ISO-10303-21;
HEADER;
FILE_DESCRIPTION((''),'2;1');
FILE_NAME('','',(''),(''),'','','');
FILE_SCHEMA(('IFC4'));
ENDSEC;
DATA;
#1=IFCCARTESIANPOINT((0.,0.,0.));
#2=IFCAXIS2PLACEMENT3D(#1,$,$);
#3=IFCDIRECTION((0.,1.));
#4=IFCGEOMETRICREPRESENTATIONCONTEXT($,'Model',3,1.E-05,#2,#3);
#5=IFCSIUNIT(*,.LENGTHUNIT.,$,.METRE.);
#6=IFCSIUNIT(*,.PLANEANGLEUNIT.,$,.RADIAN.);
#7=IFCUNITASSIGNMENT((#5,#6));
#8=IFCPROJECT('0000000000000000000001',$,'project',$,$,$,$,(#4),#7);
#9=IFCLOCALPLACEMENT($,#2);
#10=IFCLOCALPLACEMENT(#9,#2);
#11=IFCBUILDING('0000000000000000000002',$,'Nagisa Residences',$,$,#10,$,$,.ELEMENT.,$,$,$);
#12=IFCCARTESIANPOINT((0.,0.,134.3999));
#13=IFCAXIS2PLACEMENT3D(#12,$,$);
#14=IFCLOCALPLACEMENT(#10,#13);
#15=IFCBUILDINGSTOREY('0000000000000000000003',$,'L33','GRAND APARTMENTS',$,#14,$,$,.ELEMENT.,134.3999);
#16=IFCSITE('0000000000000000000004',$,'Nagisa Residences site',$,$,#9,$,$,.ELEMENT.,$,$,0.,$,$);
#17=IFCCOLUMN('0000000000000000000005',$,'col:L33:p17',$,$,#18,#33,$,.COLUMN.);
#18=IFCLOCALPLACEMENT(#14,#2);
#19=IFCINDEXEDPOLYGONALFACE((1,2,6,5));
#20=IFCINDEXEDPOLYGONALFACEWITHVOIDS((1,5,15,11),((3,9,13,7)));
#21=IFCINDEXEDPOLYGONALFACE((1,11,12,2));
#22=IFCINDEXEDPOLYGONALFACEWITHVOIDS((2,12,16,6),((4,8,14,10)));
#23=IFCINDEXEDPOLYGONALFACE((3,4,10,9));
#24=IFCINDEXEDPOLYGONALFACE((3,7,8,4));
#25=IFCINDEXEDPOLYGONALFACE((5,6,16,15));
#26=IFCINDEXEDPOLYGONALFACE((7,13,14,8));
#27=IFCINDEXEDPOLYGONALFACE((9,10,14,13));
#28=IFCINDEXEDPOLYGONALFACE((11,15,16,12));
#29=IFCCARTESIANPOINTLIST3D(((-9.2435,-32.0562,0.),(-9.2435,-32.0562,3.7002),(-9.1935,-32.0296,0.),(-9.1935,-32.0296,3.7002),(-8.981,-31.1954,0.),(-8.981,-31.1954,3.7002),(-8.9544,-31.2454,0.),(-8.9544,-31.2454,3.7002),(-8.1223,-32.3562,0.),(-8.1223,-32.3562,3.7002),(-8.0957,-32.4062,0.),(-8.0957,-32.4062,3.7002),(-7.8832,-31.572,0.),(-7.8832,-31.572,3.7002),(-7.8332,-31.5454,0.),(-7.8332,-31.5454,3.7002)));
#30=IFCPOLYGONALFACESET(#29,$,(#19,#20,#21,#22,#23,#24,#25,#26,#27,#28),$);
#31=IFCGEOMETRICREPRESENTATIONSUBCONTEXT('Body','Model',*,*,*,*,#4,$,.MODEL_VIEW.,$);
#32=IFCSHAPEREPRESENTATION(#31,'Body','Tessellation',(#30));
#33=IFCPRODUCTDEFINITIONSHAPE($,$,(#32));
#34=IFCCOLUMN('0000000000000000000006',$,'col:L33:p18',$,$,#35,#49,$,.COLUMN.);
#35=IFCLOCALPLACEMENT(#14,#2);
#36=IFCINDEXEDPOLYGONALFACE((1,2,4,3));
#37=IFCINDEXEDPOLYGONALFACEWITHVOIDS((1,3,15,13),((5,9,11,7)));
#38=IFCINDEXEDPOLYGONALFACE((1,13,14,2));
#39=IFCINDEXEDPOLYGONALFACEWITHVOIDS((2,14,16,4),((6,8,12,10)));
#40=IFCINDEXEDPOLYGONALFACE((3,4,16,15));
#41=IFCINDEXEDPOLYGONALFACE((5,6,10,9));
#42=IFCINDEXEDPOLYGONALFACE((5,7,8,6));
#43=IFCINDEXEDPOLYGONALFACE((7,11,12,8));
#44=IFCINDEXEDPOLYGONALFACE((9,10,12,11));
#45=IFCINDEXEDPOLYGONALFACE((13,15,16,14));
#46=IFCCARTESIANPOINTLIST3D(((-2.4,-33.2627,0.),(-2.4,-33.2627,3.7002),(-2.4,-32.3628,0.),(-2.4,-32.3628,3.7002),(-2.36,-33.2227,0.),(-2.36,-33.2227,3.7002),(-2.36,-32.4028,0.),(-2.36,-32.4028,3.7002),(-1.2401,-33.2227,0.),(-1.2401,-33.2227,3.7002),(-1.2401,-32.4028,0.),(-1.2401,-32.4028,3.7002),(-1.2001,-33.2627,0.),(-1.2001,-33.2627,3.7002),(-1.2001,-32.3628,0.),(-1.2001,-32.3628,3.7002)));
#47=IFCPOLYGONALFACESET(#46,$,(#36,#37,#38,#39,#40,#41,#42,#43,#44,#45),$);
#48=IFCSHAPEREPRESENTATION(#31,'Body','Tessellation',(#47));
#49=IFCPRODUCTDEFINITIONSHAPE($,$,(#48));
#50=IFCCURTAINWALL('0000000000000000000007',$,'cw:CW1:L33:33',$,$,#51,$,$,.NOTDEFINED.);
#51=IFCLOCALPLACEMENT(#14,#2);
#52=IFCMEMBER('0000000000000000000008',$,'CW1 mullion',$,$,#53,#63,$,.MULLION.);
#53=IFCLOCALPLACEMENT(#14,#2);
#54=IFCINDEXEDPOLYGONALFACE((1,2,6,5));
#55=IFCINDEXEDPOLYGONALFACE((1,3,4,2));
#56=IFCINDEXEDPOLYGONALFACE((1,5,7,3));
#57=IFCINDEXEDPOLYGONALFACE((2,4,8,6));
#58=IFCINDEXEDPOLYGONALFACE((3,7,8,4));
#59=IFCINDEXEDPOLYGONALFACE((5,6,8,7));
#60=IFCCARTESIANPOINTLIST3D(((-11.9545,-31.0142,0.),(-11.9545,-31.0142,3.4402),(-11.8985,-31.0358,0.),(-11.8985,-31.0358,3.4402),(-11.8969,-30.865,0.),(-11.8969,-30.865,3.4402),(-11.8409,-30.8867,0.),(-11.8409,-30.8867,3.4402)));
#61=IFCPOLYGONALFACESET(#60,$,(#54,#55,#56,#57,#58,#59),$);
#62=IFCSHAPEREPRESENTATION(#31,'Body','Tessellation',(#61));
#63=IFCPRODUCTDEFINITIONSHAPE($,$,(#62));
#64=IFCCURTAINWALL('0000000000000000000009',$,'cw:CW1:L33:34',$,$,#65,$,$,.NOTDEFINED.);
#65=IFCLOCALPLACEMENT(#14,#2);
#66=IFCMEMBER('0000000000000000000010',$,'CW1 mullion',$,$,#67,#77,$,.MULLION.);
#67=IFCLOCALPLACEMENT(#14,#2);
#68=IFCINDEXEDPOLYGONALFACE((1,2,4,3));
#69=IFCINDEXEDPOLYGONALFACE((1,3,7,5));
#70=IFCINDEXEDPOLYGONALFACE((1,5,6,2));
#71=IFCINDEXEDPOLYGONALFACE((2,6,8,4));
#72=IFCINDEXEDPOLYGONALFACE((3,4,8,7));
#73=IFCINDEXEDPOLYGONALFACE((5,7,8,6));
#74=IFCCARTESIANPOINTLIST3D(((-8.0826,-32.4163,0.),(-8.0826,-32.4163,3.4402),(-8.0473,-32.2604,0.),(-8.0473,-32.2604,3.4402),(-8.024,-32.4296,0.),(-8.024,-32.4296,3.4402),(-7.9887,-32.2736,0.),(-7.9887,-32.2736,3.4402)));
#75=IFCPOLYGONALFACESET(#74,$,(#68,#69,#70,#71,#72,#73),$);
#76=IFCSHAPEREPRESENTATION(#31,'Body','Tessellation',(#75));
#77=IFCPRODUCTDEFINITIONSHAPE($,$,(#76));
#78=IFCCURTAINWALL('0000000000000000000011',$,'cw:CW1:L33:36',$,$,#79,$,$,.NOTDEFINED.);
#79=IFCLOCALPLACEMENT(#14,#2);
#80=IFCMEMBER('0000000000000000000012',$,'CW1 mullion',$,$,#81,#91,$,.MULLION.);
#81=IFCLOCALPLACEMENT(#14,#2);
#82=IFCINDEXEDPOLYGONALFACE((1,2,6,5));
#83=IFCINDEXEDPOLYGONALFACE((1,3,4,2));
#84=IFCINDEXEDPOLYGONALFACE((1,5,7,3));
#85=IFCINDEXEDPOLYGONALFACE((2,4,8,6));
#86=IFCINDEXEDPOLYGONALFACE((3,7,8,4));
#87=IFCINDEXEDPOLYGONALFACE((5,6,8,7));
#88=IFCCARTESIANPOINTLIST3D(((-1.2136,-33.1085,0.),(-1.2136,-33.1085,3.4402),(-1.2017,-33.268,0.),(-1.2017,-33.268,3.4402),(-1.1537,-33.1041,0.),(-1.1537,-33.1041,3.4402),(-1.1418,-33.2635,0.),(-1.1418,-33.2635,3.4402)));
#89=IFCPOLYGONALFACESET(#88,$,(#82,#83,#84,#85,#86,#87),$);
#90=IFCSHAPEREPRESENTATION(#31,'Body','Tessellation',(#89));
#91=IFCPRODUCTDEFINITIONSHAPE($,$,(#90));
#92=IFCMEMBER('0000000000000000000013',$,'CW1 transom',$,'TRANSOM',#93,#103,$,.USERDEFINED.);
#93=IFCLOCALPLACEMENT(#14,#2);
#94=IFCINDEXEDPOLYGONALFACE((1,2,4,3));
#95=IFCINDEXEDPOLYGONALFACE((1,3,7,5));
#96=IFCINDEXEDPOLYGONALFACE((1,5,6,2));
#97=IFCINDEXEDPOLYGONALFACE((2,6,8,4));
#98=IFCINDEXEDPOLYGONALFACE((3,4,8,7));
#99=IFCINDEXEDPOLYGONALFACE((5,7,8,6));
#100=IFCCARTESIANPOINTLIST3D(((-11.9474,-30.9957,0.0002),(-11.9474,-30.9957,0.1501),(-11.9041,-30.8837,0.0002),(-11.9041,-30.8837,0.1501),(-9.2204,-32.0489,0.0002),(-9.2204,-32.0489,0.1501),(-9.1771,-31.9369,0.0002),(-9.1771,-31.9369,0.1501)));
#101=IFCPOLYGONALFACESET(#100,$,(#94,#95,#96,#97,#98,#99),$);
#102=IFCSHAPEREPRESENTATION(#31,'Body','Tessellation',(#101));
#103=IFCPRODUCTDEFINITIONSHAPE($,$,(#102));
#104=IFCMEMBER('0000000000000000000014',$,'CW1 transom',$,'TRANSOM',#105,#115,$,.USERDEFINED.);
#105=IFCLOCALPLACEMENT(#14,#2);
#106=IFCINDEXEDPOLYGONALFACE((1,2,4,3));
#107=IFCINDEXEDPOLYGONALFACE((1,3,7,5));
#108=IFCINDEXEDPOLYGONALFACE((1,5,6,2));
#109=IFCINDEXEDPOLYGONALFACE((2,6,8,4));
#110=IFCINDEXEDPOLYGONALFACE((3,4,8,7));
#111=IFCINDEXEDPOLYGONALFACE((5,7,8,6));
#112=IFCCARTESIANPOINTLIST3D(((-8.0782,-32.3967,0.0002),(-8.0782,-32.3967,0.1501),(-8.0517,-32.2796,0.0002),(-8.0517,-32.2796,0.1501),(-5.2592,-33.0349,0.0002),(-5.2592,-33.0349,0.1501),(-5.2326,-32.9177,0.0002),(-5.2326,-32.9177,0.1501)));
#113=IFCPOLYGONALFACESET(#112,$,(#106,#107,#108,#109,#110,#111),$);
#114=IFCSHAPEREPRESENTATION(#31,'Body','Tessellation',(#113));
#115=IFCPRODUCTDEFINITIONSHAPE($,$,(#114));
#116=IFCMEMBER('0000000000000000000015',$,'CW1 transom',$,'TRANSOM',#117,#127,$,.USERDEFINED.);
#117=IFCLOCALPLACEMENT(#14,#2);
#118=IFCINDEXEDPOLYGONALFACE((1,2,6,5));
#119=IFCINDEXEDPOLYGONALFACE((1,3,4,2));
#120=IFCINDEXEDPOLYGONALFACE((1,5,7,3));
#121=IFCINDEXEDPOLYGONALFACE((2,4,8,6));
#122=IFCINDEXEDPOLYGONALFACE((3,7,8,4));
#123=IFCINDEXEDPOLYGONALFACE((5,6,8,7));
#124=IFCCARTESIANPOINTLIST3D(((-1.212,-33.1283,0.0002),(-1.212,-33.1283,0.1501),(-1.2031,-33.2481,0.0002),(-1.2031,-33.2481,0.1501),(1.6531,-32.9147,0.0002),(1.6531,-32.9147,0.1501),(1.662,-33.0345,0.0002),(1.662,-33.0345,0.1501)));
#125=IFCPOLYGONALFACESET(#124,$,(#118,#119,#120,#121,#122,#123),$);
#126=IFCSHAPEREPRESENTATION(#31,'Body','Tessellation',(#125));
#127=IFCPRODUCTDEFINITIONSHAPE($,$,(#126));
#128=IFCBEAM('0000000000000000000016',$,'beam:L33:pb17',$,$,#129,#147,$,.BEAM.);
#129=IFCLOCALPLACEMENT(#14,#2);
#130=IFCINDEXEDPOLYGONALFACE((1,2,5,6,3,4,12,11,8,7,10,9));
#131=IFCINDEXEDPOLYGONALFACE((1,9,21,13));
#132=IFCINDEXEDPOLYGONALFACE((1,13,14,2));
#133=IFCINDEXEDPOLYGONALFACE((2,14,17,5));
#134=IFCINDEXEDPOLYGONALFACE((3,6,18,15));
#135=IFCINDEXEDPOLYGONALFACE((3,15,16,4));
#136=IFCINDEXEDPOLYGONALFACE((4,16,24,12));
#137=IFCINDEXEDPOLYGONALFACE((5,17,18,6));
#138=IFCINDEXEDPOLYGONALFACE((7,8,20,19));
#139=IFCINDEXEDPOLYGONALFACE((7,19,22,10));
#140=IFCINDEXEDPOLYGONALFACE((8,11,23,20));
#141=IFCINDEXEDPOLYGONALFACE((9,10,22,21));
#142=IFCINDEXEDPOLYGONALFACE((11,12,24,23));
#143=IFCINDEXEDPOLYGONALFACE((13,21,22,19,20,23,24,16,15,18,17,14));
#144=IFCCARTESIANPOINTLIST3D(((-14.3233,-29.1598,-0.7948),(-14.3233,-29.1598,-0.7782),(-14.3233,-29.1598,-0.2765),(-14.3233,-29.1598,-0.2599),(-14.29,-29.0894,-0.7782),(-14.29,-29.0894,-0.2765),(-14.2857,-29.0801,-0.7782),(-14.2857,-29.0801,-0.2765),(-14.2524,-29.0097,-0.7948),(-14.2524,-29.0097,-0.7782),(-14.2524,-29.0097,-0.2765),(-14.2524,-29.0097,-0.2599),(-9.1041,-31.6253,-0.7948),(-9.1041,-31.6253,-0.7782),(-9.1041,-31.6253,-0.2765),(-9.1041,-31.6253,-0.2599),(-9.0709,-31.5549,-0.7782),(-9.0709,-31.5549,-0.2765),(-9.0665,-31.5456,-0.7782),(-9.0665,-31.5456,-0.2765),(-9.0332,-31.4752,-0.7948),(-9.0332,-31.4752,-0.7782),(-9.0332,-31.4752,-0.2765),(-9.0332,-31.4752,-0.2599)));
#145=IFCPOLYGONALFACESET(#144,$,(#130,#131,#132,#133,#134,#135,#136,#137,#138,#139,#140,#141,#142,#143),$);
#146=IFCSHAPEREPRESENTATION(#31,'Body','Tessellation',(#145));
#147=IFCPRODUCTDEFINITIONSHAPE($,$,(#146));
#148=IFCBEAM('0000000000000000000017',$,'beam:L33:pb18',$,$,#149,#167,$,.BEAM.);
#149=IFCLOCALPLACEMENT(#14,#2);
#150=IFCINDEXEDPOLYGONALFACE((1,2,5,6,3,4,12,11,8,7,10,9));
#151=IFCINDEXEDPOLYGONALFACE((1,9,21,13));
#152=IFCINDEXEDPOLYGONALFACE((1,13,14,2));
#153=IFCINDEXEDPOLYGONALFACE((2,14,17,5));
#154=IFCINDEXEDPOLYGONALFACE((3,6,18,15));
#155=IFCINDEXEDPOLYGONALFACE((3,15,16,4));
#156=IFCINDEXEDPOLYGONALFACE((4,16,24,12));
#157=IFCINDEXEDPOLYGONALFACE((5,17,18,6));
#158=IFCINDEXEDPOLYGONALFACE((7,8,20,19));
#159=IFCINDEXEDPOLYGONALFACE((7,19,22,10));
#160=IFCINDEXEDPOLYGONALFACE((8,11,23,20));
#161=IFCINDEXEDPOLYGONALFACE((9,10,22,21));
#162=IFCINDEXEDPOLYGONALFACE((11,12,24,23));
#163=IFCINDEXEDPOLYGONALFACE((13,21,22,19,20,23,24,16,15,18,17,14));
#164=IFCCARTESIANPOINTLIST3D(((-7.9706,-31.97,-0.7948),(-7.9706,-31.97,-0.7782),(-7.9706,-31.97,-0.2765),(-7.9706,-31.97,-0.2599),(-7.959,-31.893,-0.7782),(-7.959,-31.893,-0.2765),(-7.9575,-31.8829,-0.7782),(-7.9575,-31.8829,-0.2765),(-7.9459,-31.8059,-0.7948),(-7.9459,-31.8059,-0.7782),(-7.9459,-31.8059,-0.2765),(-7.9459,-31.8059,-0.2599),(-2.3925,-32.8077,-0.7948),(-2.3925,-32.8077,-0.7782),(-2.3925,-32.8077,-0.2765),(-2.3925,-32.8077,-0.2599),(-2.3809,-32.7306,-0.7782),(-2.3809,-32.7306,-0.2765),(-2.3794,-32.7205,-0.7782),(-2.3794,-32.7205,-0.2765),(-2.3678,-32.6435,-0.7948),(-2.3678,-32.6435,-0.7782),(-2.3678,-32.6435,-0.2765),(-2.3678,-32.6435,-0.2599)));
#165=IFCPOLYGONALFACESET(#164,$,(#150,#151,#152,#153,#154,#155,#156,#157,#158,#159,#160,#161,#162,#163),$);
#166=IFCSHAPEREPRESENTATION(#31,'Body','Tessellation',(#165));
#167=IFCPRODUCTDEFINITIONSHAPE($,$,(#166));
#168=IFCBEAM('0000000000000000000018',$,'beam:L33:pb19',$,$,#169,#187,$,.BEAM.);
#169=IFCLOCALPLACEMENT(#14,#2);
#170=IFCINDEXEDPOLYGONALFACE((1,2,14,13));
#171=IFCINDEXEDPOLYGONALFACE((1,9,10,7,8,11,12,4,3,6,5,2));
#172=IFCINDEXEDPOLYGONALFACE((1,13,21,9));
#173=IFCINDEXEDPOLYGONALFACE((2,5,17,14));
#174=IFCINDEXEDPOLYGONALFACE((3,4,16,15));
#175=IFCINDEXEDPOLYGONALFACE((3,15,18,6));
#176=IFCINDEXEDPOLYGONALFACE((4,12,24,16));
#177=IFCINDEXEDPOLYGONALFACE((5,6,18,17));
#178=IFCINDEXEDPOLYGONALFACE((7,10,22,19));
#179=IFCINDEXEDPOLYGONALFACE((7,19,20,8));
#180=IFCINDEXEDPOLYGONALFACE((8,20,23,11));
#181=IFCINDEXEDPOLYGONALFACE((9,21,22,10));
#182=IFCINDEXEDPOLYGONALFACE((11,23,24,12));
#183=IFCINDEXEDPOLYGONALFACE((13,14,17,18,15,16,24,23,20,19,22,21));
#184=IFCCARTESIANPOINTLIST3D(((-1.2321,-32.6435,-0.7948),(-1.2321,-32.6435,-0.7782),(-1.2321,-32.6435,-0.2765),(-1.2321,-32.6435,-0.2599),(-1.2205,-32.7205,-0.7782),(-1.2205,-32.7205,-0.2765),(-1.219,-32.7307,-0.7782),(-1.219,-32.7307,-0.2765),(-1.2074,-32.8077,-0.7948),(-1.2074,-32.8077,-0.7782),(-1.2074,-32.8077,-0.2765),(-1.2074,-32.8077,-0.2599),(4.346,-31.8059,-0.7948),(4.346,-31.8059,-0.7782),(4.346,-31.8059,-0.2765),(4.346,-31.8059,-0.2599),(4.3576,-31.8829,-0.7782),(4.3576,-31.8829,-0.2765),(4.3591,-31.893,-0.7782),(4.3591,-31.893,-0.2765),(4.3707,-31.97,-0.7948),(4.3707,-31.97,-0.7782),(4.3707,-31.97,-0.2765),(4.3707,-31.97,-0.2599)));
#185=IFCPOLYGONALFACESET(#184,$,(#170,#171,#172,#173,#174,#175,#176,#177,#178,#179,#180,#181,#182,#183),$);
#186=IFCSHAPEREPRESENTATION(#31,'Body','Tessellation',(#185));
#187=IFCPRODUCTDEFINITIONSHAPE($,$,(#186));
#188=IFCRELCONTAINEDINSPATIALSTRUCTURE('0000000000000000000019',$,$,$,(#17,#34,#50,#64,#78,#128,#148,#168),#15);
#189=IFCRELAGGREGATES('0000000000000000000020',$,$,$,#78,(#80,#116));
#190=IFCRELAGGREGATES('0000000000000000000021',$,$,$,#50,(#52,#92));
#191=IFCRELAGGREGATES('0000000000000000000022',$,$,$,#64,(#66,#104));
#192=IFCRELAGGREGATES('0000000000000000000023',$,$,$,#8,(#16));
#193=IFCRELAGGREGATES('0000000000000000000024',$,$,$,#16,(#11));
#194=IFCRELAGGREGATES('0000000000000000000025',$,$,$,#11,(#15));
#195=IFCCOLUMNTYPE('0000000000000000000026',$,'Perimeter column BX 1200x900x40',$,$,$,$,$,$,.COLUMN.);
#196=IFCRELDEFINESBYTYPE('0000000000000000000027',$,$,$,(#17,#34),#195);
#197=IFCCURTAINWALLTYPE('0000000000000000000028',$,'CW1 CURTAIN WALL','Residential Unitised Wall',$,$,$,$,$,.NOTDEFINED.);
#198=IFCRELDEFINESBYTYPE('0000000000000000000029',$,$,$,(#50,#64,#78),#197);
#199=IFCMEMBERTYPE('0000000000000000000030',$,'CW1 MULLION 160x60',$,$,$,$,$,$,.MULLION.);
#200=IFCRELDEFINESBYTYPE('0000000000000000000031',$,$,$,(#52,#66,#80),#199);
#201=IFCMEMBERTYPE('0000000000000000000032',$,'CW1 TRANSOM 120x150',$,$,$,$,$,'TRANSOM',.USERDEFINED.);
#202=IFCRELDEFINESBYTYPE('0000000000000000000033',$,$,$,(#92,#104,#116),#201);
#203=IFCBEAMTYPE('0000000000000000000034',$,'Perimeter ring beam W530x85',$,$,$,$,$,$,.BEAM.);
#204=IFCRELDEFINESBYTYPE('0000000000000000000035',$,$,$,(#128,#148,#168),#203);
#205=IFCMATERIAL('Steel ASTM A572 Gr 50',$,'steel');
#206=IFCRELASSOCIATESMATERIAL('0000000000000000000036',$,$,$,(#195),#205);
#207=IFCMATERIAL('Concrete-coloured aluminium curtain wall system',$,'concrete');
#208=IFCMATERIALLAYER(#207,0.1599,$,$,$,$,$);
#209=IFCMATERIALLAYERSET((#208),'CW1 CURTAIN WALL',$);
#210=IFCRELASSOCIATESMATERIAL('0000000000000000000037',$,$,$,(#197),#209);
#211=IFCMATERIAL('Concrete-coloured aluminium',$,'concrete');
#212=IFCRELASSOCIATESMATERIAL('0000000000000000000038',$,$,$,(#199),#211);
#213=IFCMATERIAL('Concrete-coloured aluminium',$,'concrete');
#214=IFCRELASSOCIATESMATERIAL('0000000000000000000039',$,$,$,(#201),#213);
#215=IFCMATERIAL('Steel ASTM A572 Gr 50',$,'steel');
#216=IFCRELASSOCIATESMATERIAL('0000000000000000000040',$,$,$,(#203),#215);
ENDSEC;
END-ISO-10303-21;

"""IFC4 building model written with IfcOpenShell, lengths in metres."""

from ifc_helpers import new_model, si_unit, direction, frame, origin, origin_2d, place, context, subcontext, project, spatial, rectangle, hollow_rectangle, i_section, extrude, material, layer, layer_set, material_profile, profile_set, type_object, element, aggregate, save


model = new_model("IFC4")

# Units and contexts
model_context = context("Model", 3, precision=1e-05, world=origin(), true_north=direction((0.0, 1.0)))
body_context = subcontext(model_context, "Body", "Model", "MODEL_VIEW")
ifc_project = project(units=[si_unit("LENGTHUNIT", "METRE"), si_unit("PLANEANGLEUNIT", "RADIAN")], contexts=[model_context])

# Site, building, storey
site_placement = place(None, origin())
site = spatial("IfcSite", under=ifc_project, at=site_placement, Name="Nagisa Residences site", CompositionType="ELEMENT", RefElevation=0.0)
building_placement = place(site_placement, origin())
building = spatial("IfcBuilding", under=site, at=building_placement, Name="Nagisa Residences", CompositionType="ELEMENT")
storey_placement = place(building_placement, frame((0.0, 0.0, 134.3999)))
storey = spatial("IfcBuildingStorey", under=building, at=storey_placement, Name="L33", Description="GRAND APARTMENTS", CompositionType="ELEMENT", Elevation=134.3999)

# Columns
ifc_material_1 = material(Name="Steel ASTM A572 Gr 50", Category="steel")
ifc_material_profile_1 = material_profile(ifc_material_1, hollow_rectangle(XDim=1.2, YDim=0.8999, WallThickness=0.04, at=origin_2d()), Name="BX 1200x900x40")
ifc_profile_set_1 = profile_set([ifc_material_profile_1], Name="Steel ASTM A572 Gr 50")
column_type = type_object("IfcColumnType", Name="Perimeter column BX 1200x900x40", PredefinedType="COLUMN", material=ifc_profile_set_1)
for number, where, z_axis, x_axis, name in (
    (1, (-8.5383, -31.8008, 0.0), (0.0, 0.0, 1.0), (0.956525, -0.291652, 0.0), "col:L33:p17"),
    (2, (-1.8, -32.8127, 0.0), (0.0, 0.0, 1.0), (1.0, 0.0, 0.0), "col:L33:p18"),
):
    element("IfcColumn", number, at=place(storey_placement, frame(where, z_axis=z_axis, x_axis=x_axis)), inside=storey, type_object=column_type, Name=name, PredefinedType="COLUMN", context=body_context, shape_type="SweptSolid", body=[
        extrude(hollow_rectangle(XDim=1.2, YDim=0.8999, WallThickness=0.04, at=origin_2d()), origin(), (0.0, 0.0, 1.0), 3.7002),
    ])

# Curtain walls, members
ifc_material_2 = material(Name="Concrete-coloured aluminium curtain wall system", Category="concrete")
ifc_layer_1 = layer(ifc_material_2, 0.1599)
ifc_layer_set_1 = layer_set([ifc_layer_1], Name="CW1 CURTAIN WALL")
curtain_wall_type = type_object("IfcCurtainWallType", Name="CW1 CURTAIN WALL", Description="Residential Unitised Wall", PredefinedType="NOTDEFINED", material=ifc_layer_set_1)
curtain_wall_1_placement = place(storey_placement, origin())
curtain_wall_1 = element("IfcCurtainWall", 3, at=curtain_wall_1_placement, inside=storey, type_object=curtain_wall_type, Name="cw:CW1:L33:33", PredefinedType="NOTDEFINED")
ifc_material_3 = material(Name="Concrete-coloured aluminium", Category="concrete")
ifc_material_profile_2 = material_profile(ifc_material_3, rectangle(XDim=0.1599, YDim=0.0601, at=origin_2d()), Name="CW1 MULLION 160x60")
ifc_profile_set_2 = profile_set([ifc_material_profile_2], Name="Concrete-coloured aluminium")
member_type_1 = type_object("IfcMemberType", Name="CW1 MULLION 160x60", PredefinedType="MULLION", material=ifc_profile_set_2)
member_1_placement = place(storey_placement, frame((-11.8977, -30.9504, 0.0), z_axis=(0.0, 0.0, 1.0), x_axis=(0.360328, 0.932826, 0.0)))
member_1 = element("IfcMember", 4, at=member_1_placement, type_object=member_type_1, Name="CW1 mullion", PredefinedType="MULLION", context=body_context, shape_type="SweptSolid", body=[
    extrude(rectangle(XDim=0.1599, YDim=0.0601, at=origin_2d()), origin(), (0.0, 0.0, 1.0), 3.4402),
])
curtain_wall_2_placement = place(storey_placement, origin())
curtain_wall_2 = element("IfcCurtainWall", 5, at=curtain_wall_2_placement, inside=storey, type_object=curtain_wall_type, Name="cw:CW1:L33:34", PredefinedType="NOTDEFINED")
member_2_placement = place(storey_placement, frame((-8.0356, -32.345, 0.0), z_axis=(0.0, 0.0, 1.0), x_axis=(0.220764, 0.975327, 0.0)))
member_2 = element("IfcMember", 6, at=member_2_placement, type_object=member_type_1, Name="CW1 mullion", PredefinedType="MULLION", context=body_context, shape_type="SweptSolid", body=[
    extrude(rectangle(XDim=0.1599, YDim=0.0601, at=origin_2d()), origin(), (0.0, 0.0, 1.0), 3.4402),
])
curtain_wall_3_placement = place(storey_placement, origin())
curtain_wall_3 = element("IfcCurtainWall", 7, at=curtain_wall_3_placement, inside=storey, type_object=curtain_wall_type, Name="cw:CW1:L33:36", PredefinedType="NOTDEFINED")
member_3_placement = place(storey_placement, frame((-1.1777, -33.186, 0.0), z_axis=(0.0, 0.0, 1.0), x_axis=(-0.074377, 0.99723, 0.0)))
member_3 = element("IfcMember", 8, at=member_3_placement, type_object=member_type_1, Name="CW1 mullion", PredefinedType="MULLION", context=body_context, shape_type="SweptSolid", body=[
    extrude(rectangle(XDim=0.1599, YDim=0.0601, at=origin_2d()), origin(), (0.0, 0.0, 1.0), 3.4402),
])

# Members
ifc_material_4 = material(Name="Concrete-coloured aluminium", Category="concrete")
ifc_material_profile_3 = material_profile(ifc_material_4, rectangle(XDim=0.1201, YDim=0.1499, at=origin_2d()), Name="CW1 TRANSOM 120x150")
ifc_profile_set_3 = profile_set([ifc_material_profile_3], Name="Concrete-coloured aluminium")
member_type_2 = type_object("IfcMemberType", Name="CW1 TRANSOM 120x150", ElementType="TRANSOM", PredefinedType="USERDEFINED", material=ifc_profile_set_3)
member_4_placement = place(storey_placement, frame((-11.9258, -30.9397, 0.0752), z_axis=(0.932845, -0.360277, 0.0), x_axis=(0.360277, 0.932845, 0.0)))
member_4 = element("IfcMember", 9, at=member_4_placement, type_object=member_type_2, Name="CW1 transom", ObjectType="TRANSOM", PredefinedType="USERDEFINED", context=body_context, shape_type="SweptSolid", body=[
    extrude(rectangle(XDim=0.1201, YDim=0.1499, at=origin_2d()), origin(), (0.0, 0.0, 1.0), 2.9233),
])
member_5_placement = place(storey_placement, frame((-8.0649, -32.3381, 0.0752), z_axis=(0.975321, -0.220792, 0.0), x_axis=(0.220792, 0.975321, 0.0)))
member_5 = element("IfcMember", 10, at=member_5_placement, type_object=member_type_2, Name="CW1 transom", ObjectType="TRANSOM", PredefinedType="USERDEFINED", context=body_context, shape_type="SweptSolid", body=[
    extrude(rectangle(XDim=0.1201, YDim=0.1499, at=origin_2d()), origin(), (0.0, 0.0, 1.0), 2.8904),
])
member_6_placement = place(storey_placement, frame((-1.2075, -33.1882, 0.0752), z_axis=(0.997232, 0.074357, 0.0), x_axis=(-0.074357, 0.997232, 0.0)))
member_6 = element("IfcMember", 11, at=member_6_placement, type_object=member_type_2, Name="CW1 transom", ObjectType="TRANSOM", PredefinedType="USERDEFINED", context=body_context, shape_type="SweptSolid", body=[
    extrude(rectangle(XDim=0.1201, YDim=0.1499, at=origin_2d()), origin(), (0.0, 0.0, 1.0), 2.873),
])
aggregate(curtain_wall_3, [member_3, member_6])

# Beams
ifc_material_5 = material(Name="Steel ASTM A572 Gr 50", Category="steel")
ifc_material_profile_4 = material_profile(ifc_material_5, i_section(OverallWidth=0.166, OverallDepth=0.5349, WebThickness=0.0103, FlangeThickness=0.0166, at=origin_2d()), Name="W530x85")
ifc_profile_set_4 = profile_set([ifc_material_profile_4], Name="Steel ASTM A572 Gr 50")
beam_type_1 = type_object("IfcBeamType", Name="Perimeter ring beam W530x85", PredefinedType="BEAM", material=ifc_profile_set_4)
beam_1_placement = place(storey_placement, frame((-14.2878, -29.0847, -0.5273), z_axis=(0.904186, -0.427139, 0.0), x_axis=(0.427139, 0.904186, 0.0)))
element("IfcBeam", 12, at=beam_1_placement, inside=storey, type_object=beam_type_1, Name="beam:L33:pb17", PredefinedType="BEAM", context=body_context, shape_type="SweptSolid", body=[
    extrude(i_section(OverallWidth=0.166, OverallDepth=0.5349, WebThickness=0.0103, FlangeThickness=0.0166, at=origin_2d()), origin(), (0.0, 0.0, 1.0), 5.7722),
])
for number, where, z_axis, x_axis, name in (
    (13, (-7.9583, -31.8879, -0.5273), (0.988912, -0.148501, 0.0), (0.148501, 0.988912, 0.0), "beam:L33:pb18"),
    (14, (-1.2197, -32.7256, -0.5273), (0.988912, 0.148501, 0.0), (-0.148501, 0.988912, 0.0), "beam:L33:pb19"),
):
    element("IfcBeam", number, at=place(storey_placement, frame(where, z_axis=z_axis, x_axis=x_axis)), inside=storey, type_object=beam_type_1, Name=name, PredefinedType="BEAM", context=body_context, shape_type="SweptSolid", body=[
        extrude(i_section(OverallWidth=0.166, OverallDepth=0.5349, WebThickness=0.0103, FlangeThickness=0.0166, at=origin_2d()), origin(), (0.0, 0.0, 1.0), 5.6406),
    ])

aggregate(curtain_wall_1, [member_1, member_4])
aggregate(curtain_wall_2, [member_2, member_5])

save(model, "model.ifc")
